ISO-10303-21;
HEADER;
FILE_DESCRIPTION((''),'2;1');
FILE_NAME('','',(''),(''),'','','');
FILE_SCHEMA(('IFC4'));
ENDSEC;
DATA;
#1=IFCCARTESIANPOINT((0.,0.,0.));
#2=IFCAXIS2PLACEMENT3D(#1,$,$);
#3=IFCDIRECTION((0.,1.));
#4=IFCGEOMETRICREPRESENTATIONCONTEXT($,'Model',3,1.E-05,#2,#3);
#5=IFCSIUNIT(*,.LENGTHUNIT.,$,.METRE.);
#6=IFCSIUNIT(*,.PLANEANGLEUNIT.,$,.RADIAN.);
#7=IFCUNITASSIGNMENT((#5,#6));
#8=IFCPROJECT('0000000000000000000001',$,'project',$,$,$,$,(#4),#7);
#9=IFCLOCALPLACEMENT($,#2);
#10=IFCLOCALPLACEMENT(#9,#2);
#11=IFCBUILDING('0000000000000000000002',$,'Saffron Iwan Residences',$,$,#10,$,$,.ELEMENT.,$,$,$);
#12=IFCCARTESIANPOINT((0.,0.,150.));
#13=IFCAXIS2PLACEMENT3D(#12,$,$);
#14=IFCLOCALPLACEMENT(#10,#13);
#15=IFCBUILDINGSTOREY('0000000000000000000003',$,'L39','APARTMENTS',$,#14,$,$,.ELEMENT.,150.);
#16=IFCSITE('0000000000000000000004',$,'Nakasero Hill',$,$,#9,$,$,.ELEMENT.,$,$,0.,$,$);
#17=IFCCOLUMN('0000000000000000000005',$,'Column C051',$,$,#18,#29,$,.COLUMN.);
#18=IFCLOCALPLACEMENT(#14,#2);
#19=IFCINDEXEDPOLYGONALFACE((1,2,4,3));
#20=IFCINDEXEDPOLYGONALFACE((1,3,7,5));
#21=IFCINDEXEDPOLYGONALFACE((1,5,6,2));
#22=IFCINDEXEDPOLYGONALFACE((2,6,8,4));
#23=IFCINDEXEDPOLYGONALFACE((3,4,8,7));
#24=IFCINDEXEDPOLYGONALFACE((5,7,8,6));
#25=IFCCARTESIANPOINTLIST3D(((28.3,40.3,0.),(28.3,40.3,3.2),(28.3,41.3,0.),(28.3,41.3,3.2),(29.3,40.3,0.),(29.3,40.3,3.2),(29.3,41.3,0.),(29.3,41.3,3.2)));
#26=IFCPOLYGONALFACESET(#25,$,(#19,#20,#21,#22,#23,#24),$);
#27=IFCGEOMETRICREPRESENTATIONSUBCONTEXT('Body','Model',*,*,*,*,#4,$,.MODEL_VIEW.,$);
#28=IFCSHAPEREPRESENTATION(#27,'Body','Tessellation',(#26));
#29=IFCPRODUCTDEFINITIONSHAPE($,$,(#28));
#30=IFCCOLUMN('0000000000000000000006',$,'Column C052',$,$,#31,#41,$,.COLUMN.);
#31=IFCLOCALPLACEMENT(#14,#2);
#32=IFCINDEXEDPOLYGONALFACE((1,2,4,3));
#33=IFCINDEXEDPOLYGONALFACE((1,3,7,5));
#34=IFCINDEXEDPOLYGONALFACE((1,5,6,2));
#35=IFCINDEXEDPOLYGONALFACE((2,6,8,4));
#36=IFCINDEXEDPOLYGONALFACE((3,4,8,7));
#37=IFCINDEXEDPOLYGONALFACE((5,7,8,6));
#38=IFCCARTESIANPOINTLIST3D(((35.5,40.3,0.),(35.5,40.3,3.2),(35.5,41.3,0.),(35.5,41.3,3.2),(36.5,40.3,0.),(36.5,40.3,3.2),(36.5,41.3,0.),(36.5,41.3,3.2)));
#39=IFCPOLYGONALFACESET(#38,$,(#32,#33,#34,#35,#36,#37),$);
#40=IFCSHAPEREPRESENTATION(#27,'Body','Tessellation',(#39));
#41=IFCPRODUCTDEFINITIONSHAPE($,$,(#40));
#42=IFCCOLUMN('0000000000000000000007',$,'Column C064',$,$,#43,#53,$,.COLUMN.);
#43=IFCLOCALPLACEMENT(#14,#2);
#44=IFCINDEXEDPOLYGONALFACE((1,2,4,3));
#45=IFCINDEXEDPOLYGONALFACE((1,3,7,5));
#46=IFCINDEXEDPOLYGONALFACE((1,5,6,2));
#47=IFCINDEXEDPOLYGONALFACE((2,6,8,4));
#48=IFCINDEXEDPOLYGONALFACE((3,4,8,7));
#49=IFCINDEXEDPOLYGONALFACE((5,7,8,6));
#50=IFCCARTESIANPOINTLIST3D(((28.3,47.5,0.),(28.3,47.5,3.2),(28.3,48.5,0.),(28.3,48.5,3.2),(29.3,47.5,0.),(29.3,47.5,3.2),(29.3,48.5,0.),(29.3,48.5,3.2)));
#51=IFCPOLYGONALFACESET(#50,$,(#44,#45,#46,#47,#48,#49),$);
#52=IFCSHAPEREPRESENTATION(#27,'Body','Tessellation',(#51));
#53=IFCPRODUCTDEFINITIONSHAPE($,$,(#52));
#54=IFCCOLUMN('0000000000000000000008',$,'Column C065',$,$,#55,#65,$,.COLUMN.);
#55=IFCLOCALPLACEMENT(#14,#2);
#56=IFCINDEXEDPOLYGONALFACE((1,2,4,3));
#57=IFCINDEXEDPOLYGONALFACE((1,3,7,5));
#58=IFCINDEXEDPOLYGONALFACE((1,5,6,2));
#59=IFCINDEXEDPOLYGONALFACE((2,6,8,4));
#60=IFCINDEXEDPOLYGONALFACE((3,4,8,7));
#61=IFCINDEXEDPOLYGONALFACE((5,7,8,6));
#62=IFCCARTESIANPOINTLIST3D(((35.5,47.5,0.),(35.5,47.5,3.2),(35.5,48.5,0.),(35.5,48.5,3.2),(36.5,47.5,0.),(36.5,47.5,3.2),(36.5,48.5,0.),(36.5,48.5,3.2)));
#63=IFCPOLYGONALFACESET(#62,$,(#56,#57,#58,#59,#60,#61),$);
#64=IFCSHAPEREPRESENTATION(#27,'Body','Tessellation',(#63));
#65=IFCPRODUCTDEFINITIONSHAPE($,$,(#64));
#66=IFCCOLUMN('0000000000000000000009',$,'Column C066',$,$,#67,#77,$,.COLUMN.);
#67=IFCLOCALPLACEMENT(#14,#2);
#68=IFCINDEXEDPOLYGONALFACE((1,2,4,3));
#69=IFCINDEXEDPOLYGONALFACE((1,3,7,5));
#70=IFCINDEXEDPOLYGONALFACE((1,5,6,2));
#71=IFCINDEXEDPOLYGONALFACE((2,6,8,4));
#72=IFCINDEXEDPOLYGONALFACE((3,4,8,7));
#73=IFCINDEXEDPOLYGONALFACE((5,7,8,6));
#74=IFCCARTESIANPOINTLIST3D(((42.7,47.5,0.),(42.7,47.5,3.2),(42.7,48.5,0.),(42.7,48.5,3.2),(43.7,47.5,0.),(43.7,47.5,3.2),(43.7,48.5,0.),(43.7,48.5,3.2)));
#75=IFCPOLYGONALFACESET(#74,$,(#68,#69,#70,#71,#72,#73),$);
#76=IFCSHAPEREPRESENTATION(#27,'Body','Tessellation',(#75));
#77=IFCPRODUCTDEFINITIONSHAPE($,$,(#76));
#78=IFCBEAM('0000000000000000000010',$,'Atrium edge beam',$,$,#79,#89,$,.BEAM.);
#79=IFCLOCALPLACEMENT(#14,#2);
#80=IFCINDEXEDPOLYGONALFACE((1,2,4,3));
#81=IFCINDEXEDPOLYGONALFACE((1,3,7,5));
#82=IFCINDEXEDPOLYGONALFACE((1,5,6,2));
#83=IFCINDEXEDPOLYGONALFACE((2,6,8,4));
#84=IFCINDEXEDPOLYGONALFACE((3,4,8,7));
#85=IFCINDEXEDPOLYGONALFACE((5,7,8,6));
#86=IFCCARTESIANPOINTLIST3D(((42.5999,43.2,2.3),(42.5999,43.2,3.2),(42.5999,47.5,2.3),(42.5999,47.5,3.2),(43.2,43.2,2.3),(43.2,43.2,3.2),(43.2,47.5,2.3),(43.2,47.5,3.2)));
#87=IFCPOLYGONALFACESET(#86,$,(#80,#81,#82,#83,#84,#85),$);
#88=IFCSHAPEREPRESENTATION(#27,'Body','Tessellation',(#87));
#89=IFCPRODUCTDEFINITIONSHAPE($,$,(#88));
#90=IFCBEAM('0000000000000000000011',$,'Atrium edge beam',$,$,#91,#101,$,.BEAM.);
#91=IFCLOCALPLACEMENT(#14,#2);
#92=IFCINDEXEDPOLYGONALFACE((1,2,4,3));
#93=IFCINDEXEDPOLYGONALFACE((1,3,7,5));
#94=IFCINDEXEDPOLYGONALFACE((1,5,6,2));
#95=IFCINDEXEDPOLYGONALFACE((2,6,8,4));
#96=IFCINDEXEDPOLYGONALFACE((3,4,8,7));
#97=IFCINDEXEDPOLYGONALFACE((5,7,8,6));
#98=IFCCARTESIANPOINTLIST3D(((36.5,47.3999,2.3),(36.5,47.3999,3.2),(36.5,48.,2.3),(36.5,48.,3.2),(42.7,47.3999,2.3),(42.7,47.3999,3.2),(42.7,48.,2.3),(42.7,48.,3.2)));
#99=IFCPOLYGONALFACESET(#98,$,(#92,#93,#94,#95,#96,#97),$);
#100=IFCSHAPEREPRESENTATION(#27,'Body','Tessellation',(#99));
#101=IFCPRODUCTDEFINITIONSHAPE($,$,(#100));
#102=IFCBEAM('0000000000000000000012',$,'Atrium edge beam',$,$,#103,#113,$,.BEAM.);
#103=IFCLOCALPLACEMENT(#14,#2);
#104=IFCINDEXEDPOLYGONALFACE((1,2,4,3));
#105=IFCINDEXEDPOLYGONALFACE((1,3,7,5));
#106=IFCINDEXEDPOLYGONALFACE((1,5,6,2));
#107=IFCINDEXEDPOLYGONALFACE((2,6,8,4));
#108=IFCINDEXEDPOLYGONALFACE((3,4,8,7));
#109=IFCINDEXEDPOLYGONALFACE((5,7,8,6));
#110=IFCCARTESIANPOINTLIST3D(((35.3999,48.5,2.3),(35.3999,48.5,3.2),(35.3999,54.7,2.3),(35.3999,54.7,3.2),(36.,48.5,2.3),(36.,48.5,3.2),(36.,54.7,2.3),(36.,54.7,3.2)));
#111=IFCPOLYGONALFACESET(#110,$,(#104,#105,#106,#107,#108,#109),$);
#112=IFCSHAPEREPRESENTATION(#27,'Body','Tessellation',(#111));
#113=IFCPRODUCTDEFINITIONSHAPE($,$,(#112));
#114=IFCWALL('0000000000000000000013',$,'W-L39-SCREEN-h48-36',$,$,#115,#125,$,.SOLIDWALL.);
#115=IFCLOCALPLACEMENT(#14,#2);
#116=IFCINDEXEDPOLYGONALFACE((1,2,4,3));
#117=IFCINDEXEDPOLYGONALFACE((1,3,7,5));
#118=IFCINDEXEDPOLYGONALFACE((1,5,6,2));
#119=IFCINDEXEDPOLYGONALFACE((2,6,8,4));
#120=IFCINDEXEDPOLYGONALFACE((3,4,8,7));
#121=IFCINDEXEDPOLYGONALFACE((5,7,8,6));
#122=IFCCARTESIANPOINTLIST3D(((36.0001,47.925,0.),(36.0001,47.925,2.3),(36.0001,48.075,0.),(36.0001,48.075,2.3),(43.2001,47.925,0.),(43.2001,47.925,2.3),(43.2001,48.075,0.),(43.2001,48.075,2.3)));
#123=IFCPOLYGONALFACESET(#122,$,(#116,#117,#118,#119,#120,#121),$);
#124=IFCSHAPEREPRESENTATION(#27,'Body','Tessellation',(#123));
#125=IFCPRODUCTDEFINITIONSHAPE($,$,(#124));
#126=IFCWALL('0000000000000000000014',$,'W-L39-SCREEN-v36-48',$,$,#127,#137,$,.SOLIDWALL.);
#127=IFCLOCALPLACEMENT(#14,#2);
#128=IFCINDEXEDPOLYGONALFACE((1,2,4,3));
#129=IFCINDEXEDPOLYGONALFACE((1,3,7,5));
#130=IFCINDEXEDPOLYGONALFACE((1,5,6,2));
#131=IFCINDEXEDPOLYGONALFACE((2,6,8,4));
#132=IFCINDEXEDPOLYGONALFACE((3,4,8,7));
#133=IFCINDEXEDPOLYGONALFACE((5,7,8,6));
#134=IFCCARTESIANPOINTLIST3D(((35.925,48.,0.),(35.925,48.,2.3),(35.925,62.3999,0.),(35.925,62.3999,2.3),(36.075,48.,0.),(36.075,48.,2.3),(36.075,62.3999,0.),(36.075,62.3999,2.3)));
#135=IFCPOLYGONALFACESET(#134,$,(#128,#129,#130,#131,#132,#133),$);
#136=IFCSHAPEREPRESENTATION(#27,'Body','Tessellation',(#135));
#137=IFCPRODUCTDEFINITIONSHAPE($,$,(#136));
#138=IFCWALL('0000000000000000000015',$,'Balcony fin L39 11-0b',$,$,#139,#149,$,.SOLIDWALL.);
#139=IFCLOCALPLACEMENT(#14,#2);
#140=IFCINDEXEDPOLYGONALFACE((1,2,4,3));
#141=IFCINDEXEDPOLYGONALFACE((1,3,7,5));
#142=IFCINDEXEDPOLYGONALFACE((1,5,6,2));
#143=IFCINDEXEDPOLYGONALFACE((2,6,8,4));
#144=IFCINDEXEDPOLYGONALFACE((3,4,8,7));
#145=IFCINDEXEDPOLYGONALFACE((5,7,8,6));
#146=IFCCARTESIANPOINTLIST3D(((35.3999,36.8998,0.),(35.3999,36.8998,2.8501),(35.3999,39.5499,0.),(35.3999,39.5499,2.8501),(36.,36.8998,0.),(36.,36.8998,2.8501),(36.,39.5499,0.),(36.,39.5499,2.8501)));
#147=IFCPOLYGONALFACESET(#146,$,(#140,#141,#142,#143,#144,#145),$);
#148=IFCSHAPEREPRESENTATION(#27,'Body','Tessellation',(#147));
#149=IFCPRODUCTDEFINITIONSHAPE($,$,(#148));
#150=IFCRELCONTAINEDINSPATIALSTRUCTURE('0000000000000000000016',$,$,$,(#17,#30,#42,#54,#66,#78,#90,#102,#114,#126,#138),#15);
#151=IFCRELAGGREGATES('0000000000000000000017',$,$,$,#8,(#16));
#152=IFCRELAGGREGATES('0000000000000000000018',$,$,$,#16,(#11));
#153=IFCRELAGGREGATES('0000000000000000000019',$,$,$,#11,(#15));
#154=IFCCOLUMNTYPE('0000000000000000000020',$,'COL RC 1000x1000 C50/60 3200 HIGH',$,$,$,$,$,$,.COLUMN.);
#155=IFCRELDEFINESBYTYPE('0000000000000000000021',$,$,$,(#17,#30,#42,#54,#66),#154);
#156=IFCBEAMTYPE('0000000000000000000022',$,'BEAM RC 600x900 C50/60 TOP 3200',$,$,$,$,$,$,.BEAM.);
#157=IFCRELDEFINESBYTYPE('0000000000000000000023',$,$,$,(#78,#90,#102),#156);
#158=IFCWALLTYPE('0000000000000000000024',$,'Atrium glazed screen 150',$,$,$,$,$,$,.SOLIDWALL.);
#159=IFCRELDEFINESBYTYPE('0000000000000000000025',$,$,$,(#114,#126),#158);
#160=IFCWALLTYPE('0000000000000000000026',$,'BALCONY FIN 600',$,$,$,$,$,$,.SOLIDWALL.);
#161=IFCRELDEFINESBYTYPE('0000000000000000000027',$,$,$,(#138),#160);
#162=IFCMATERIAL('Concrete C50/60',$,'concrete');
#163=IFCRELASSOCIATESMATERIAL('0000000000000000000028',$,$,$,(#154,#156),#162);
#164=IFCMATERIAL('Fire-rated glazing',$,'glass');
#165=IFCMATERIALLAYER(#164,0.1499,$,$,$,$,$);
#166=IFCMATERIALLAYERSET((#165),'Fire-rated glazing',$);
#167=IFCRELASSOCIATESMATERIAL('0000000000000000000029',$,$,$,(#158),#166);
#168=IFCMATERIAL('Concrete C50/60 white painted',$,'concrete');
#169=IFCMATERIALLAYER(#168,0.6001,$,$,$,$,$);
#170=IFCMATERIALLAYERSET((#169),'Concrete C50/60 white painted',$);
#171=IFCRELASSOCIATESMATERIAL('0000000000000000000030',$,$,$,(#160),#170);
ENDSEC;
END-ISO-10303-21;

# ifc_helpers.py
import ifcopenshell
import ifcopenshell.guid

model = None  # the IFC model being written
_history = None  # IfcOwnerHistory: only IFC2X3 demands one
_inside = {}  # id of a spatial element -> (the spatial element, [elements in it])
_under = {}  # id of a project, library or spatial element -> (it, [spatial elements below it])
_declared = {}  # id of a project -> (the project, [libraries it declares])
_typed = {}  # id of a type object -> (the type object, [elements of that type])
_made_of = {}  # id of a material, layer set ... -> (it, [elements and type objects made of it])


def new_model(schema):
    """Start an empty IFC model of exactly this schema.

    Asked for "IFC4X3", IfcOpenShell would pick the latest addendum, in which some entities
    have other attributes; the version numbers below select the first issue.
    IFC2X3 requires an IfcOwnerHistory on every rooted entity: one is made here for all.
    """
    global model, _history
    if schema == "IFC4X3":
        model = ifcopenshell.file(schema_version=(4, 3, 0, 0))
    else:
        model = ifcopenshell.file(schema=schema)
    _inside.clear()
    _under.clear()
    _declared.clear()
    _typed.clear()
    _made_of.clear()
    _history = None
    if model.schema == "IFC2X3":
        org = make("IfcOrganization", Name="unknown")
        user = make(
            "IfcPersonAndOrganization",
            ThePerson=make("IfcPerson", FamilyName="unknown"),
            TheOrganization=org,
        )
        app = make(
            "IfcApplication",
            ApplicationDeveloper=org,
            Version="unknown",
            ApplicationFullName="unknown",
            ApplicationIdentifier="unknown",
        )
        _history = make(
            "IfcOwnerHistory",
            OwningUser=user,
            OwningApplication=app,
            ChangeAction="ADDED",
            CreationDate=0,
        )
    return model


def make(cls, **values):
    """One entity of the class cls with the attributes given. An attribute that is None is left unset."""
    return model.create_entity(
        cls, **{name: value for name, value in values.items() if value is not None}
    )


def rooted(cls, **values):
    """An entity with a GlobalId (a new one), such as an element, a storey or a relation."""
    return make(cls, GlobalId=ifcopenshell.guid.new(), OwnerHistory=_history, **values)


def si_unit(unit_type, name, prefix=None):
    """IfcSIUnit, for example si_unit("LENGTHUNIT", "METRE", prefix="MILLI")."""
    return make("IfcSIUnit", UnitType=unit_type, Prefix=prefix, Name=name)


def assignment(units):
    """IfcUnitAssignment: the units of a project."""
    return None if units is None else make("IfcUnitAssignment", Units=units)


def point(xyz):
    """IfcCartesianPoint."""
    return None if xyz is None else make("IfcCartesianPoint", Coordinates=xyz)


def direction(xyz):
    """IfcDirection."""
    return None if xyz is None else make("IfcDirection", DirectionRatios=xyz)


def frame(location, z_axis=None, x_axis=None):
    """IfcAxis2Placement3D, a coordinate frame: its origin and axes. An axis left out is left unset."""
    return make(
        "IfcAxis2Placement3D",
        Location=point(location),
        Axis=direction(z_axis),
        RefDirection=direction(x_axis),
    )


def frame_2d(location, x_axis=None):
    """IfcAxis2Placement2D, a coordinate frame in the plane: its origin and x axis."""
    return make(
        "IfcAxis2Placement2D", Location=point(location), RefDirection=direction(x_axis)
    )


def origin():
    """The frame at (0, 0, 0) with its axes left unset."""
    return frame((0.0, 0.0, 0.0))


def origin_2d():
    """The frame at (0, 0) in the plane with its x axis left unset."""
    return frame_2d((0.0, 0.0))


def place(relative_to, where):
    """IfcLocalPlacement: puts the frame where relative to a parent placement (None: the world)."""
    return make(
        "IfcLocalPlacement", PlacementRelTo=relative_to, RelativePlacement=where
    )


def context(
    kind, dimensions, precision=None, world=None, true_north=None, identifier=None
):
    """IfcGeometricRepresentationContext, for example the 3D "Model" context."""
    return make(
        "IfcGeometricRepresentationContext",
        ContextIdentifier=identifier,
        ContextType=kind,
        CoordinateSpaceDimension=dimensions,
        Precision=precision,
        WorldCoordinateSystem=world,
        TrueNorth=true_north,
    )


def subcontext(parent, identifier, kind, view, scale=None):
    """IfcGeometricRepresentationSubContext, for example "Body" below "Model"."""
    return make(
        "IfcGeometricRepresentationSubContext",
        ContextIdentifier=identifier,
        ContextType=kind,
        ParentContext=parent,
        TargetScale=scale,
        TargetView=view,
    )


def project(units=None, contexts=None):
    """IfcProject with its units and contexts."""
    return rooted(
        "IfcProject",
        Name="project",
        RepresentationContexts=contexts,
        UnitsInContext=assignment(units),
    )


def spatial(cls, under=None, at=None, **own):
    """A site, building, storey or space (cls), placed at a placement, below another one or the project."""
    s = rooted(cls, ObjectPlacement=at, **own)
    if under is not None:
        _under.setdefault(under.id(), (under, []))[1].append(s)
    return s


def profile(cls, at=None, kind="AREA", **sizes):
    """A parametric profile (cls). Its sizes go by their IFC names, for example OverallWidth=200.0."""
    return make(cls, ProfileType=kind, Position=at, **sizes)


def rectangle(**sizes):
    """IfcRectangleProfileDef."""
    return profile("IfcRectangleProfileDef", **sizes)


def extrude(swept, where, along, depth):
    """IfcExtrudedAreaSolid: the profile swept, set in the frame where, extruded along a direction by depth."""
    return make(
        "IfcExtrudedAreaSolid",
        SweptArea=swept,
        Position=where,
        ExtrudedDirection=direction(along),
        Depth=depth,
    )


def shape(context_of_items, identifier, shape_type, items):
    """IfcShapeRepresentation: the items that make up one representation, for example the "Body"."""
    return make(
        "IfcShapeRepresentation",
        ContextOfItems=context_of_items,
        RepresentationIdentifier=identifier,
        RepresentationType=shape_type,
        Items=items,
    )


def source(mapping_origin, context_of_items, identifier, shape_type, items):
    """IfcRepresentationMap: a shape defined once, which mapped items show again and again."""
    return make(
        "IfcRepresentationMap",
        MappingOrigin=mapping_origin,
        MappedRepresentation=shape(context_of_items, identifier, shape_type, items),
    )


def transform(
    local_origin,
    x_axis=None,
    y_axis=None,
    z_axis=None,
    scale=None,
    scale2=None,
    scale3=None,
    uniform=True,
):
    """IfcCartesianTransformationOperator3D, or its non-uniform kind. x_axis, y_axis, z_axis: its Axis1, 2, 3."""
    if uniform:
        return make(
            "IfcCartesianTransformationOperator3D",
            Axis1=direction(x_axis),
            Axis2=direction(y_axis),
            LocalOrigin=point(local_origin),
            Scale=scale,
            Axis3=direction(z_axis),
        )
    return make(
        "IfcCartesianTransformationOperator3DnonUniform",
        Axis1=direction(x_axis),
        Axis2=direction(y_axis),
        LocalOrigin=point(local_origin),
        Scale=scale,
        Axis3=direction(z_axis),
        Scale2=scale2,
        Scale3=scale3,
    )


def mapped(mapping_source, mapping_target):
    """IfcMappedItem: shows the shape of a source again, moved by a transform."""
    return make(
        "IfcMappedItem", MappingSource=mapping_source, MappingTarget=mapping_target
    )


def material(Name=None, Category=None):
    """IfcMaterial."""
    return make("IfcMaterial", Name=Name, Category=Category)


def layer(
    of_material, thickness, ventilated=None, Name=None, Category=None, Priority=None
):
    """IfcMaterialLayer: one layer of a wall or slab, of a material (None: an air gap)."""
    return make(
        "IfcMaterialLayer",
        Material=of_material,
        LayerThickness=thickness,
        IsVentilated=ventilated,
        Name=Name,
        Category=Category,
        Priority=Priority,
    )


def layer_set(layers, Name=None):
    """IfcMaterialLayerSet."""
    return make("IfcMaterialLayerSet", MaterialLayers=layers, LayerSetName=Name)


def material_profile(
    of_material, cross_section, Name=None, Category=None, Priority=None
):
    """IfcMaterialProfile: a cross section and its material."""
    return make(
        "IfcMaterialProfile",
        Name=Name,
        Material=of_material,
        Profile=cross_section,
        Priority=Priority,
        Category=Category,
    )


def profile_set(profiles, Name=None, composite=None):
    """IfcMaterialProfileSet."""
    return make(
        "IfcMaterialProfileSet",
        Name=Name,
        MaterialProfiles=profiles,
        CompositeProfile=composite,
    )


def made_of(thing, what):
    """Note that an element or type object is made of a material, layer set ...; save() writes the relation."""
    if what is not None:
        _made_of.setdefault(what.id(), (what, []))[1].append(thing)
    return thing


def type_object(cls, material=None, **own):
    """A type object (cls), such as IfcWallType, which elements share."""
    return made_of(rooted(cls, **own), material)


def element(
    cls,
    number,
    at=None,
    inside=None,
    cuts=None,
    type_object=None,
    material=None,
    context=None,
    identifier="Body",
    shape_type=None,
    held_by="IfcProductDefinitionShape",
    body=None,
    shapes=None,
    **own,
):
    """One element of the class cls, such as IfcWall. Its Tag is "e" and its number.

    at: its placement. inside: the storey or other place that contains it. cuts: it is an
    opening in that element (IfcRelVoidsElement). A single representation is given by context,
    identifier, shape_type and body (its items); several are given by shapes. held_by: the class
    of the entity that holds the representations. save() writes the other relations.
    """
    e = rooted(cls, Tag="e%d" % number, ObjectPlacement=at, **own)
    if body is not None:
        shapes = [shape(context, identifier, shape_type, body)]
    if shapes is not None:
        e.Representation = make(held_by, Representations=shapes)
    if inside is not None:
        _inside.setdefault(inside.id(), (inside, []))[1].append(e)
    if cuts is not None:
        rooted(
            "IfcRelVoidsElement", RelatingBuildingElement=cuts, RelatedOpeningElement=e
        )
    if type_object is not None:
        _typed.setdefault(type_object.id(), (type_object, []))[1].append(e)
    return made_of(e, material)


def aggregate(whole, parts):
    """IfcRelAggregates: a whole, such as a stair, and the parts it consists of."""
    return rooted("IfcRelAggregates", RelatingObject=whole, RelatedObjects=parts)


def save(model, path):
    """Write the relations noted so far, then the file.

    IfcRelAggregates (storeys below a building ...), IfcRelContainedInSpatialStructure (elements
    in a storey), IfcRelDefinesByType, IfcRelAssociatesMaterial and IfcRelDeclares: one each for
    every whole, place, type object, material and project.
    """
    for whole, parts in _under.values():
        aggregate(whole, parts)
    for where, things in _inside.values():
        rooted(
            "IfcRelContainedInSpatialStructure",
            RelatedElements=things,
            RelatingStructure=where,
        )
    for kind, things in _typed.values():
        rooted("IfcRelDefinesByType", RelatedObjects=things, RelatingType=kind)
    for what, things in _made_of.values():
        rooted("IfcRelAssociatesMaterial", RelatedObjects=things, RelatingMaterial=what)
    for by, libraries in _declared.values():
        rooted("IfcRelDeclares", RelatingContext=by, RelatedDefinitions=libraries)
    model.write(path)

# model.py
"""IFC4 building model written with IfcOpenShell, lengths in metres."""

from ifc_helpers import new_model, si_unit, direction, frame, frame_2d, origin, origin_2d, place, context, subcontext, project, spatial, rectangle, extrude, source, transform, mapped, material, layer, layer_set, material_profile, profile_set, type_object, element, save


model = new_model("IFC4")

# Units and contexts
model_context = context("Model", 3, precision=1e-05, world=origin(), true_north=direction((0.0, 1.0)))
body_context = subcontext(model_context, "Body", "Model", "MODEL_VIEW")
ifc_project = project(units=[si_unit("LENGTHUNIT", "METRE"), si_unit("PLANEANGLEUNIT", "RADIAN")], contexts=[model_context])

# Site, building, storey
site_placement = place(None, origin())
site = spatial("IfcSite", under=ifc_project, at=site_placement, Name="Nakasero Hill", CompositionType="ELEMENT", RefElevation=0.0)
building_placement = place(site_placement, origin())
building = spatial("IfcBuilding", under=site, at=building_placement, Name="Saffron Iwan Residences", CompositionType="ELEMENT")
storey_placement = place(building_placement, frame((0.0, 0.0, 150.0)))
storey = spatial("IfcBuildingStorey", under=building, at=storey_placement, Name="L39", Description="APARTMENTS", CompositionType="ELEMENT", Elevation=150.0)

# Columns
ifc_material_1 = material(Name="Concrete C50/60", Category="concrete")
ifc_material_profile_1 = material_profile(ifc_material_1, rectangle(XDim=1.0, YDim=1.0, at=origin_2d()), Name="RC 1000x1000")
ifc_profile_set_1 = profile_set([ifc_material_profile_1], Name="Concrete C50/60")
column_type = type_object("IfcColumnType", Name="COL RC 1000x1000 C50/60 3200 HIGH", PredefinedType="COLUMN", material=ifc_profile_set_1)
shared_shape_1 = source(origin(), body_context, "Body", "SweptSolid", [
    extrude(rectangle(XDim=1.0, YDim=1.0, at=origin_2d()), origin(), (0.0, 0.0, 1.0), 3.2),
])
for number, where, z_axis, x_axis, name in (
    (1, (28.8, 40.8, 0.0), (0.0, 0.0, 1.0), (1.0, 0.0, 0.0), "Column C051"),
    (2, (36.0, 40.8, 0.0), (0.0, 0.0, 1.0), (1.0, 0.0, 0.0), "Column C052"),
    (3, (28.8, 48.0, 0.0), (0.0, 0.0, 1.0), (1.0, 0.0, 0.0), "Column C064"),
    (4, (36.0, 48.0, 0.0), (0.0, 0.0, 1.0), (1.0, 0.0, 0.0), "Column C065"),
    (5, (43.2, 48.0, 0.0), (0.0, 0.0, 1.0), (1.0, 0.0, 0.0), "Column C066"),
):
    element("IfcColumn", number, at=place(storey_placement, frame(where, z_axis=z_axis, x_axis=x_axis)), inside=storey, type_object=column_type, Name=name, PredefinedType="COLUMN", context=body_context, shape_type="MappedRepresentation", body=[
        mapped(shared_shape_1, transform((0.0, 0.0, 0.0))),
    ])

# Beams
ifc_material_profile_2 = material_profile(ifc_material_1, rectangle(XDim=0.6001, YDim=0.8999, at=origin_2d()), Name="RC 600x900")
ifc_profile_set_2 = profile_set([ifc_material_profile_2], Name="Concrete C50/60")
beam_type = type_object("IfcBeamType", Name="BEAM RC 600x900 C50/60 TOP 3200", PredefinedType="BEAM", material=ifc_profile_set_2)
shared_shape_2 = source(origin(), body_context, "Body", "SweptSolid", [
    extrude(rectangle(XDim=0.6001, YDim=0.8999, at=origin_2d()), origin(), (0.0, 0.0, 1.0), 4.3),
])
beam_placement = place(storey_placement, frame((42.8999, 43.2, 2.75), z_axis=(0.0, 1.0, 0.0), x_axis=(-1.0, 0.0, 0.0)))
element("IfcBeam", 6, at=beam_placement, inside=storey, type_object=beam_type, Name="Atrium edge beam", PredefinedType="BEAM", context=body_context, shape_type="MappedRepresentation", body=[
    mapped(shared_shape_2, transform((0.0, 0.0, 0.0))),
])
shared_shape_3 = source(origin(), body_context, "Body", "SweptSolid", [
    extrude(rectangle(XDim=0.6001, YDim=0.8999, at=origin_2d()), origin(), (0.0, 0.0, 1.0), 6.2),
])
for number, where, z_axis, x_axis, name in (
    (7, (42.7, 47.7, 2.75), (-1.0, 0.0, 0.0), (0.0, -1.0, 0.0), "Atrium edge beam"),
    (8, (35.7, 48.5, 2.75), (0.0, 1.0, 0.0), (-1.0, 0.0, 0.0), "Atrium edge beam"),
):
    element("IfcBeam", number, at=place(storey_placement, frame(where, z_axis=z_axis, x_axis=x_axis)), inside=storey, type_object=beam_type, Name=name, PredefinedType="BEAM", context=body_context, shape_type="MappedRepresentation", body=[
        mapped(shared_shape_3, transform((0.0, 0.0, 0.0))),
    ])

# Walls
ifc_material_2 = material(Name="Fire-rated glazing", Category="glass")
ifc_layer_1 = layer(ifc_material_2, 0.1499)
ifc_layer_set_1 = layer_set([ifc_layer_1], Name="Fire-rated glazing")
wall_type_1 = type_object("IfcWallType", Name="Atrium glazed screen 150", PredefinedType="SOLIDWALL", material=ifc_layer_set_1)
wall_1_placement = place(storey_placement, frame((36.0, 48.0, 0.0), z_axis=(0.0, 0.0, 1.0), x_axis=(1.0, 0.0, 0.0)))
element("IfcWall", 9, at=wall_1_placement, inside=storey, type_object=wall_type_1, Name="W-L39-SCREEN-h48-36", PredefinedType="SOLIDWALL", context=body_context, shape_type="SweptSolid", body=[
    extrude(rectangle(XDim=7.2, YDim=0.1499, at=frame_2d((3.6001, 0.0))), origin(), (0.0, 0.0, 1.0), 2.3),
])
wall_2_placement = place(storey_placement, frame((36.0, 48.0, 0.0), z_axis=(0.0, 0.0, 1.0), x_axis=(0.0, 1.0, 0.0)))
element("IfcWall", 10, at=wall_2_placement, inside=storey, type_object=wall_type_1, Name="W-L39-SCREEN-v36-48", PredefinedType="SOLIDWALL", context=body_context, shape_type="SweptSolid", body=[
    extrude(rectangle(XDim=14.3999, YDim=0.1499, at=frame_2d((7.2, 0.0))), origin(), (0.0, 0.0, 1.0), 2.3),
])
ifc_material_3 = material(Name="Concrete C50/60 white painted", Category="concrete")
ifc_layer_2 = layer(ifc_material_3, 0.6001)
ifc_layer_set_2 = layer_set([ifc_layer_2], Name="Concrete C50/60 white painted")
wall_type_2 = type_object("IfcWallType", Name="BALCONY FIN 600", PredefinedType="SOLIDWALL", material=ifc_layer_set_2)
wall_3_placement = place(storey_placement, frame((35.7, 39.55, 0.0), z_axis=(0.0, 0.0, 1.0), x_axis=(0.0, -1.0, 0.0)))
element("IfcWall", 11, at=wall_3_placement, inside=storey, type_object=wall_type_2, Name="Balcony fin L39 11-0b", PredefinedType="SOLIDWALL", context=body_context, shape_type="SweptSolid", body=[
    extrude(rectangle(XDim=2.6501, YDim=0.6001, at=frame_2d((1.3252, 0.0))), origin(), (0.0, 0.0, 1.0), 2.8501),
])

save(model, "model.ifc")
